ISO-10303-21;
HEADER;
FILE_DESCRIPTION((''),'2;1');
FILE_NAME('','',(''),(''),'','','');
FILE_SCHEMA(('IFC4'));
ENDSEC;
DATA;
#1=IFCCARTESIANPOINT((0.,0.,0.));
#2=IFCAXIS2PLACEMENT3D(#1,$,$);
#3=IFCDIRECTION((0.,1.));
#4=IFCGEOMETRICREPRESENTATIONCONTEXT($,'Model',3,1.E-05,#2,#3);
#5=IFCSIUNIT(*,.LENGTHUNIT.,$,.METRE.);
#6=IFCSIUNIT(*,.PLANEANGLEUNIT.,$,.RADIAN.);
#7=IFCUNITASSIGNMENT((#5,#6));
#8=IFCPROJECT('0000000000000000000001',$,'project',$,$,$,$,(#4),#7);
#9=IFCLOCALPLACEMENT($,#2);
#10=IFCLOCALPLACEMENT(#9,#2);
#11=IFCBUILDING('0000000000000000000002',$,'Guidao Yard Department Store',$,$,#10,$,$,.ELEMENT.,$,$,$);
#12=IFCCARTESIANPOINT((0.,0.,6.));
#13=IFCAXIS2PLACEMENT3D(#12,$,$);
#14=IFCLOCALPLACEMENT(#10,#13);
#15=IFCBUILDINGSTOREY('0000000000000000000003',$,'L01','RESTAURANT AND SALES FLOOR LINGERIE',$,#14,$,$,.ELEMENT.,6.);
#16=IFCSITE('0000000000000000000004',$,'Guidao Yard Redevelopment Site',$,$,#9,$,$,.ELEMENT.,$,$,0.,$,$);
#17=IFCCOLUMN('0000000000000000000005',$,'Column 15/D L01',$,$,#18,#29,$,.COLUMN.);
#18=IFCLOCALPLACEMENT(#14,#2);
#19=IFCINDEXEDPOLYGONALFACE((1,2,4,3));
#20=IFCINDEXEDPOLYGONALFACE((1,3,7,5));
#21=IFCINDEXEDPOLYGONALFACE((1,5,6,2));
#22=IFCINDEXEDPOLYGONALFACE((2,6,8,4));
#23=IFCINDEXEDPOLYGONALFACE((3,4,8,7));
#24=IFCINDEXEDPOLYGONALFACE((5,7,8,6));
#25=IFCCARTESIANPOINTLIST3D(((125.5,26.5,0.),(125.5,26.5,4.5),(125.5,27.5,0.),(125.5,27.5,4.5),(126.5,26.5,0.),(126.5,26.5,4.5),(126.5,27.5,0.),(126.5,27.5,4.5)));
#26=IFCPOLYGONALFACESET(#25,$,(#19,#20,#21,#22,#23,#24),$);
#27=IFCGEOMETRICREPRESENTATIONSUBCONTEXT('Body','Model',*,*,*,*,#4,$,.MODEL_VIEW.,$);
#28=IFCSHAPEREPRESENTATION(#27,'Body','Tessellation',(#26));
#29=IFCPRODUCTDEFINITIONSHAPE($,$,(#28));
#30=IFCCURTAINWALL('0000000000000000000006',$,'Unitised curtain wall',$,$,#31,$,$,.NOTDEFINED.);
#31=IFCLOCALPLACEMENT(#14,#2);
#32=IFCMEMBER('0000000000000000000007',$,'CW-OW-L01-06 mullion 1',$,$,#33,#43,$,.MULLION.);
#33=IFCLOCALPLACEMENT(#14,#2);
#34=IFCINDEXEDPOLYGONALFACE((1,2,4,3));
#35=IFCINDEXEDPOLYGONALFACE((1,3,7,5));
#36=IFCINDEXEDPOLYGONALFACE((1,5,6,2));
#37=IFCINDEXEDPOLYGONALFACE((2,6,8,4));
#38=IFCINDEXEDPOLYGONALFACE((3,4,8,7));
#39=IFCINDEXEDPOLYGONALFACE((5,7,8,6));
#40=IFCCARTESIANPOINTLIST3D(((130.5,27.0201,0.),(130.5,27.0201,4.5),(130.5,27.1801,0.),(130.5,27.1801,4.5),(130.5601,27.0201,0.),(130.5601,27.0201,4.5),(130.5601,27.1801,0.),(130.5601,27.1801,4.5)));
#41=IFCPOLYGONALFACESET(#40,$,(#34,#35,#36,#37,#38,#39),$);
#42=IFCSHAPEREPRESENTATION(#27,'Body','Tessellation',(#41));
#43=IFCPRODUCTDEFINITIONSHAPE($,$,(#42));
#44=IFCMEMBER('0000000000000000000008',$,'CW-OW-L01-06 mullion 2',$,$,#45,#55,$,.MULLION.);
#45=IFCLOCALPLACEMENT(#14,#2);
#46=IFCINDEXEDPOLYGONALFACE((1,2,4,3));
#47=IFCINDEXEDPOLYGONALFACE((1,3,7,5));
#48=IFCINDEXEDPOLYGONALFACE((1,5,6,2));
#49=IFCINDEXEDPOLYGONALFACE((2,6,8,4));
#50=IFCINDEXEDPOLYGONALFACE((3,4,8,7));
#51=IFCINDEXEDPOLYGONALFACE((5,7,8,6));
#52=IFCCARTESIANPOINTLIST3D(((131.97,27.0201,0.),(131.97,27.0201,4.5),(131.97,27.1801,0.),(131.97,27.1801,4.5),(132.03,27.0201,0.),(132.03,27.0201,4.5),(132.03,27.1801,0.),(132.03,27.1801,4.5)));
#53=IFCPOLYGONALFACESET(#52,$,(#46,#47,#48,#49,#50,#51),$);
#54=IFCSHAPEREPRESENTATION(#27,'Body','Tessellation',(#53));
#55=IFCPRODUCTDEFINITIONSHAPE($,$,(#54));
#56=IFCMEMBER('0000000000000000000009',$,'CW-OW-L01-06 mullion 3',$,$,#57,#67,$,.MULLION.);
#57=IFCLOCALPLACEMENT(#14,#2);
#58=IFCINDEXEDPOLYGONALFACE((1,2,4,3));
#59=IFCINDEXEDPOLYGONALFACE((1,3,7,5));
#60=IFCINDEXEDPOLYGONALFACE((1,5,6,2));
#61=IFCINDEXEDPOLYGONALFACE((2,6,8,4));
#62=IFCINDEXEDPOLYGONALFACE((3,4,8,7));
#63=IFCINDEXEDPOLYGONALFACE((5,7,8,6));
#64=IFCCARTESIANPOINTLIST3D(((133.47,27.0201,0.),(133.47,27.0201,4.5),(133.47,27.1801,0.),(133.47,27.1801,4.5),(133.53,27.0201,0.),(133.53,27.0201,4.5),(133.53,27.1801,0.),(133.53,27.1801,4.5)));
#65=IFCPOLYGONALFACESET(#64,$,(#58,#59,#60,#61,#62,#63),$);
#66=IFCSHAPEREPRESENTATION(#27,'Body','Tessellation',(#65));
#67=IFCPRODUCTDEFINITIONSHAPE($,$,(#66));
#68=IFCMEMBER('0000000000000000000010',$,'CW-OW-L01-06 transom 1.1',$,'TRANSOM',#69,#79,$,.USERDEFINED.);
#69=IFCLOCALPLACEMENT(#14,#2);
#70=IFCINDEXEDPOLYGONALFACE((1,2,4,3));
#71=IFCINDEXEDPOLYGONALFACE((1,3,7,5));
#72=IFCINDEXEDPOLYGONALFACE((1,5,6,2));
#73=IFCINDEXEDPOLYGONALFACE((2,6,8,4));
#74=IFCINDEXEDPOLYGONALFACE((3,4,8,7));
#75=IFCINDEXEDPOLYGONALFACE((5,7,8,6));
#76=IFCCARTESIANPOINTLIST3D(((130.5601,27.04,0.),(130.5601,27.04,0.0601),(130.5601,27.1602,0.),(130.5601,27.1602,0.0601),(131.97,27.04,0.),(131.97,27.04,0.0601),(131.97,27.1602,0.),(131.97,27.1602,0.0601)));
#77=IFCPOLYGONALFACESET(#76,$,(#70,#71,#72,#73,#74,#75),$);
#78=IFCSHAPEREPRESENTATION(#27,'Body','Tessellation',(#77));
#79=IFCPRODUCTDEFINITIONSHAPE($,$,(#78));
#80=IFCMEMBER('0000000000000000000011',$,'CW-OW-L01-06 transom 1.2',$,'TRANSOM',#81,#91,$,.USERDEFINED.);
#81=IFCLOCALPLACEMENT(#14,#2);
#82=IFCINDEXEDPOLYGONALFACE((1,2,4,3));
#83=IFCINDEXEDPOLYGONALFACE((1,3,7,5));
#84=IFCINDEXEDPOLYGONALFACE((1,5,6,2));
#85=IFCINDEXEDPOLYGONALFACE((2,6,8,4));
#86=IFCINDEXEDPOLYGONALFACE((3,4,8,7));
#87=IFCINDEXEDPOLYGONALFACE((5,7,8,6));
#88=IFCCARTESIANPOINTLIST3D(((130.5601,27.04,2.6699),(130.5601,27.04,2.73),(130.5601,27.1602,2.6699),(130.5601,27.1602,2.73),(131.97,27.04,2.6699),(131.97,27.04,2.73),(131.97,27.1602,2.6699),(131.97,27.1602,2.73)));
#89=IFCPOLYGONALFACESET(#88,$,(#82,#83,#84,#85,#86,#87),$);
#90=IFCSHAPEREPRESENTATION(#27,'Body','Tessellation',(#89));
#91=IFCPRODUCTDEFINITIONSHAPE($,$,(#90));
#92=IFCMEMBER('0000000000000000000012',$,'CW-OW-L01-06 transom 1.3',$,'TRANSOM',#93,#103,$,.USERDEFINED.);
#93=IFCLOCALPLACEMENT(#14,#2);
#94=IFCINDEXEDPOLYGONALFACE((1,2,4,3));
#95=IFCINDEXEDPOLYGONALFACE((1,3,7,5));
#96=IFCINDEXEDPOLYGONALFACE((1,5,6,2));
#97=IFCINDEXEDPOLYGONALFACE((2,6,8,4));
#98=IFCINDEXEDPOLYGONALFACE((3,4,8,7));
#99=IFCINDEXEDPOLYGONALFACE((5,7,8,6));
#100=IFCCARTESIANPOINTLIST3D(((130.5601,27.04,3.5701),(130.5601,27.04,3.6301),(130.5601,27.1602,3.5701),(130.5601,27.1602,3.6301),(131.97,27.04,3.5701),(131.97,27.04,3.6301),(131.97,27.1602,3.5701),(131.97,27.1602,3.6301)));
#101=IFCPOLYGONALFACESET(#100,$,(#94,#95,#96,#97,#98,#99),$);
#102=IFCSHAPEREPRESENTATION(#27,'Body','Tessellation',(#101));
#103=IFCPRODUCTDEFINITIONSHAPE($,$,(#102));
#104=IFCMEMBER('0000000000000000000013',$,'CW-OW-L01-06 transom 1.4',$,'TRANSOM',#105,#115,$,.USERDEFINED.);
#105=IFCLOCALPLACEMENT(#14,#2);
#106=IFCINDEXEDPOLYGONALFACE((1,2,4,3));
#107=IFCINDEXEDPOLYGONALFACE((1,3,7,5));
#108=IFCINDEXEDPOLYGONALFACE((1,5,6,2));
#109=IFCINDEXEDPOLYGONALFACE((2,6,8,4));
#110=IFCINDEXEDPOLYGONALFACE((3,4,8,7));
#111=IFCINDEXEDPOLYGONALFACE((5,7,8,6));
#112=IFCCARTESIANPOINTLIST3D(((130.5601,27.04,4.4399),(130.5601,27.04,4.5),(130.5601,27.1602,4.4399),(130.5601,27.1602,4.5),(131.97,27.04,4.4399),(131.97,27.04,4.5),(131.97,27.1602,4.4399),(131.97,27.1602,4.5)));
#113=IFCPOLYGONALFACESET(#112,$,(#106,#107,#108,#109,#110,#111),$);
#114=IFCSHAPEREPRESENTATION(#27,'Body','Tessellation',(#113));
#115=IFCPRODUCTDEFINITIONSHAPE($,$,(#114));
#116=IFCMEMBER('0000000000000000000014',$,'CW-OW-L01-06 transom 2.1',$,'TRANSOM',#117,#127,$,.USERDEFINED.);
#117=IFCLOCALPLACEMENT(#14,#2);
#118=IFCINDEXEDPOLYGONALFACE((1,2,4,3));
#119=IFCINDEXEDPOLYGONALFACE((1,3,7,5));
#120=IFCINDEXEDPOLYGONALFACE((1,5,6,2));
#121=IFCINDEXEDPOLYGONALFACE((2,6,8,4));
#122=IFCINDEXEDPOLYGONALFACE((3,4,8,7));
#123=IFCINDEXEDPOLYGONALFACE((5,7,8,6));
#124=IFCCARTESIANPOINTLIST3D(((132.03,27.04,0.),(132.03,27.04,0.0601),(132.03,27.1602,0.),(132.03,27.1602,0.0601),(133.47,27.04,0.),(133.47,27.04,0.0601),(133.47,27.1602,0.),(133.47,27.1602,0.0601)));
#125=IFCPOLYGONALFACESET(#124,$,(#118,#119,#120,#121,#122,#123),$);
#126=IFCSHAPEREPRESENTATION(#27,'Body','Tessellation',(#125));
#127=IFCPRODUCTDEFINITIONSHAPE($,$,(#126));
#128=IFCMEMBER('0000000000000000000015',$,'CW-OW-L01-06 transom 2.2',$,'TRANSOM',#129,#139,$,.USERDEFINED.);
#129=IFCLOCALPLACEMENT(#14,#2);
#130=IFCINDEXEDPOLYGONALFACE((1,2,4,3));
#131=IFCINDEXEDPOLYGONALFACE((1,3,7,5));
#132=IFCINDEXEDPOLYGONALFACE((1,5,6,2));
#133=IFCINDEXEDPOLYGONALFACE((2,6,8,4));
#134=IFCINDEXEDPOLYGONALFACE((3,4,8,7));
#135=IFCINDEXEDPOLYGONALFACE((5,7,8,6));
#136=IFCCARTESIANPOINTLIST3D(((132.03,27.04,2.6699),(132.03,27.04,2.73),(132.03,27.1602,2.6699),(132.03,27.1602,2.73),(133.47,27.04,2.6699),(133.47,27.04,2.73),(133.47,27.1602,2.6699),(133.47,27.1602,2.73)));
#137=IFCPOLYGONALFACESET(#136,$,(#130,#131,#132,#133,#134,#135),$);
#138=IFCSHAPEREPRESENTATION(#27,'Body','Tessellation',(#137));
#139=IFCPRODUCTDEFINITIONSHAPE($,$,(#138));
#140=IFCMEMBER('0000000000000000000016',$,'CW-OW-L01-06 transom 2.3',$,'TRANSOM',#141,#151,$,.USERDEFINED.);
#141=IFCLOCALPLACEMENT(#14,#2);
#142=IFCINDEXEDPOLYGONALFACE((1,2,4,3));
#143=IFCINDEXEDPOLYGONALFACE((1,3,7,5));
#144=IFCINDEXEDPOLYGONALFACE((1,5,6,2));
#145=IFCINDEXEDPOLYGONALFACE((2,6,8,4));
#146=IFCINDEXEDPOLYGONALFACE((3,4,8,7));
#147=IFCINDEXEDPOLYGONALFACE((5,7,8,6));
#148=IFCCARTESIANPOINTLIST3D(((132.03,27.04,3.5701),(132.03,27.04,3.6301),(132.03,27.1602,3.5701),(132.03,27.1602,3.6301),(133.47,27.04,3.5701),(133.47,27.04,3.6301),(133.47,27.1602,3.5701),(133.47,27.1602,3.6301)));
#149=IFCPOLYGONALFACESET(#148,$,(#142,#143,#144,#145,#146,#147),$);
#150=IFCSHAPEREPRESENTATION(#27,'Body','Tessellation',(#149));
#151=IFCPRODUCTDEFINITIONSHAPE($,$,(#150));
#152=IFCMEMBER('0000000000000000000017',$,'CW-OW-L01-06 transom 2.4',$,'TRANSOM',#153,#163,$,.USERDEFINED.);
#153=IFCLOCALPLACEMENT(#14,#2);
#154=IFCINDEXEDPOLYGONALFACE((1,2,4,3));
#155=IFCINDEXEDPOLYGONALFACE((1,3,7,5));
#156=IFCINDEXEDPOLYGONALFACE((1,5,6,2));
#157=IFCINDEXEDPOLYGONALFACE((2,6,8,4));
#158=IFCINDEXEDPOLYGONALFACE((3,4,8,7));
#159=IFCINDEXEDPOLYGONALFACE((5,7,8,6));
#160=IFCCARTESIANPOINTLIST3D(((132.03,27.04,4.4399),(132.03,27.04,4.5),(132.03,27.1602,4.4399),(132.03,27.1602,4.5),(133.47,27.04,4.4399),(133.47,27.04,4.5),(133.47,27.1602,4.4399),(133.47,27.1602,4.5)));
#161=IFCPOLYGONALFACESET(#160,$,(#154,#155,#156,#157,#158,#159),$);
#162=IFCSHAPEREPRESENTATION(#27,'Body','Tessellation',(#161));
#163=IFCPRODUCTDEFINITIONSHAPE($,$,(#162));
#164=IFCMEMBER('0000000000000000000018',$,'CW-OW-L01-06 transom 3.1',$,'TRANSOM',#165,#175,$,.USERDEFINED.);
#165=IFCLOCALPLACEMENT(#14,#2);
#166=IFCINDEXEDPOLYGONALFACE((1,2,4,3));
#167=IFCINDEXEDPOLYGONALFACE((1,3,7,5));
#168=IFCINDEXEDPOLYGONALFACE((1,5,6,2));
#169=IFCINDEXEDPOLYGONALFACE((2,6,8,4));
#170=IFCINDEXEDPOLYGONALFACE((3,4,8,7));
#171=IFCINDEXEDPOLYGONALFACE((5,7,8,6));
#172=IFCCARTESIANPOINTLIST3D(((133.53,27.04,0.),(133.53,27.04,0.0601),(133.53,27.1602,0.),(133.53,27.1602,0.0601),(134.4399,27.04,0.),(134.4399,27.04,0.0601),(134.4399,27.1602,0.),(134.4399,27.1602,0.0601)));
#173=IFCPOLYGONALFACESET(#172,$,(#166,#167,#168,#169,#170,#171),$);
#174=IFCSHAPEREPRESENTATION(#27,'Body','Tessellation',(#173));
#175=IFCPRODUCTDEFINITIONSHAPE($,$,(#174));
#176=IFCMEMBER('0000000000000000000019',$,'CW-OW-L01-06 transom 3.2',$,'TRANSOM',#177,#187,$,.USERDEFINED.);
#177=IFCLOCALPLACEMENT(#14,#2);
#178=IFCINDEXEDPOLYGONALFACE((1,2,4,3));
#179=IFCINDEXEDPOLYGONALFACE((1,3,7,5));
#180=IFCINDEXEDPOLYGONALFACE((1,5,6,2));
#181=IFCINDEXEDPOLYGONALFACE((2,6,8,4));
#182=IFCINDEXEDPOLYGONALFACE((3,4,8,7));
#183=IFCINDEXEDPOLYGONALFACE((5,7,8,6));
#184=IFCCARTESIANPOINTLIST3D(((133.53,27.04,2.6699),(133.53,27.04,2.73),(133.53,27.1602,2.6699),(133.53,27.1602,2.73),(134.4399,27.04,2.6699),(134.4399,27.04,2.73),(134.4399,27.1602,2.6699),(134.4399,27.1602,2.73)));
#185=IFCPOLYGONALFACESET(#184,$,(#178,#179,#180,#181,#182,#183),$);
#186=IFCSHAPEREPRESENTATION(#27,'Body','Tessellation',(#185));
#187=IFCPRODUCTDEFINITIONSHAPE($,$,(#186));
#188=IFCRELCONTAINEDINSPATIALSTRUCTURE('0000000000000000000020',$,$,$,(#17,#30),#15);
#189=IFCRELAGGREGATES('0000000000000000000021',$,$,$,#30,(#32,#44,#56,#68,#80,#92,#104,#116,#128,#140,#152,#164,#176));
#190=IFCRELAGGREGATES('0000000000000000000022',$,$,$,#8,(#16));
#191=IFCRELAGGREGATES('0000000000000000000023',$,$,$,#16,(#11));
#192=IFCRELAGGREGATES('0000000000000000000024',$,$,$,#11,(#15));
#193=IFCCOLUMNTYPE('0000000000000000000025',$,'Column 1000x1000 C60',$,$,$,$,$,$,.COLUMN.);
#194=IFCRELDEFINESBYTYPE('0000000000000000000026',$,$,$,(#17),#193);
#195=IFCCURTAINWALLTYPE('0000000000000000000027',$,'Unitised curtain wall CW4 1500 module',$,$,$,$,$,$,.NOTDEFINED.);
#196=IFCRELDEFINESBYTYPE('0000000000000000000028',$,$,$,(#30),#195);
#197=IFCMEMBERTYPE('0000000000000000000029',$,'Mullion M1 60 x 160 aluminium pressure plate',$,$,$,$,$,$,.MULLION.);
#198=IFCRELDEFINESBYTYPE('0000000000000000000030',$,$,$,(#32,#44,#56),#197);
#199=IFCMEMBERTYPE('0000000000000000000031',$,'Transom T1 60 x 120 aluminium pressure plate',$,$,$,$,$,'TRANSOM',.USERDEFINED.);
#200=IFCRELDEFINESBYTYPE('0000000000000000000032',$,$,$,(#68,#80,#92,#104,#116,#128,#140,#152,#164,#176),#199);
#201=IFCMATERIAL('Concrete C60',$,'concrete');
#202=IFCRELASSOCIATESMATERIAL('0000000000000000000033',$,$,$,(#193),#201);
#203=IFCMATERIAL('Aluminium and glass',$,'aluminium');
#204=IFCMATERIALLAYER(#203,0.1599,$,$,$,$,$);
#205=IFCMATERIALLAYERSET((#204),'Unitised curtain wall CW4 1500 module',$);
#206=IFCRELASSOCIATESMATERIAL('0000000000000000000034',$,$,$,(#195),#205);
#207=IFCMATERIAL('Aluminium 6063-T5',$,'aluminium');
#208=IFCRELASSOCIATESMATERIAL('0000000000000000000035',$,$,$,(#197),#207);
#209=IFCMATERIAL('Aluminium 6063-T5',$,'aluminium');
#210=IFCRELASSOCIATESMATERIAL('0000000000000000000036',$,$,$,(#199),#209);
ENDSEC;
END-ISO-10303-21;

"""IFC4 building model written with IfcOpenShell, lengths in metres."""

from ifc_helpers import new_model, si_unit, direction, frame, origin, origin_2d, place, context, subcontext, project, spatial, rectangle, extrude, material, layer, layer_set, material_profile, profile_set, type_object, element, aggregate, save


model = new_model("IFC4")

# Units and contexts
model_context = context("Model", 3, precision=1e-05, world=origin(), true_north=direction((0.0, 1.0)))
body_context = subcontext(model_context, "Body", "Model", "MODEL_VIEW")
ifc_project = project(units=[si_unit("LENGTHUNIT", "METRE"), si_unit("PLANEANGLEUNIT", "RADIAN")], contexts=[model_context])

# Site, building, storey
site_placement = place(None, origin())
site = spatial("IfcSite", under=ifc_project, at=site_placement, Name="Guidao Yard Redevelopment Site", CompositionType="ELEMENT", RefElevation=0.0)
building_placement = place(site_placement, origin())
building = spatial("IfcBuilding", under=site, at=building_placement, Name="Guidao Yard Department Store", CompositionType="ELEMENT")
storey_placement = place(building_placement, frame((0.0, 0.0, 6.0)))
storey = spatial("IfcBuildingStorey", under=building, at=storey_placement, Name="L01", Description="RESTAURANT AND SALES FLOOR LINGERIE", CompositionType="ELEMENT", Elevation=6.0)

# Column
ifc_material_1 = material(Name="Concrete C60", Category="concrete")
ifc_material_profile_1 = material_profile(ifc_material_1, rectangle(XDim=1.0, YDim=1.0, at=origin_2d()), Name="COL 1000x1000")
ifc_profile_set_1 = profile_set([ifc_material_profile_1], Name="Concrete C60")
column_type = type_object("IfcColumnType", Name="Column 1000x1000 C60", PredefinedType="COLUMN", material=ifc_profile_set_1)
column_placement = place(storey_placement, frame((126.0, 27.0, 0.0), z_axis=(0.0, 0.0, 1.0), x_axis=(1.0, 0.0, 0.0)))
element("IfcColumn", 1, at=column_placement, inside=storey, type_object=column_type, Name="Column 15/D L01", PredefinedType="COLUMN", context=body_context, shape_type="SweptSolid", body=[
    extrude(rectangle(XDim=1.0, YDim=1.0, at=origin_2d()), origin(), (0.0, 0.0, 1.0), 4.5),
])

# Curtain wall, members
ifc_material_2 = material(Name="Aluminium and glass", Category="aluminium")
ifc_layer_1 = layer(ifc_material_2, 0.1599)
ifc_layer_set_1 = layer_set([ifc_layer_1], Name="Unitised curtain wall CW4 1500 module")
curtain_wall_type = type_object("IfcCurtainWallType", Name="Unitised curtain wall CW4 1500 module", PredefinedType="NOTDEFINED", material=ifc_layer_set_1)
curtain_wall_placement = place(storey_placement, origin())
curtain_wall = element("IfcCurtainWall", 2, at=curtain_wall_placement, inside=storey, type_object=curtain_wall_type, Name="Unitised curtain wall", PredefinedType="NOTDEFINED")
ifc_material_3 = material(Name="Aluminium 6063-T5", Category="aluminium")
ifc_material_profile_2 = material_profile(ifc_material_3, rectangle(XDim=0.0601, YDim=0.1599, at=origin_2d()), Name="Mullion M1 60 x 160 aluminium pressure plate")
ifc_profile_set_2 = profile_set([ifc_material_profile_2], Name="Aluminium 6063-T5")
member_type_1 = type_object("IfcMemberType", Name="Mullion M1 60 x 160 aluminium pressure plate", PredefinedType="MULLION", material=ifc_profile_set_2)
member_1_placement = place(storey_placement, frame((130.53, 27.1001, 0.0), z_axis=(0.0, 0.0, 1.0), x_axis=(1.0, 0.0, 0.0)))
member_1 = element("IfcMember", 3, at=member_1_placement, type_object=member_type_1, Name="CW-OW-L01-06 mullion 1", PredefinedType="MULLION", context=body_context, shape_type="SweptSolid", body=[
    extrude(rectangle(XDim=0.0601, YDim=0.1599, at=origin_2d()), origin(), (0.0, 0.0, 1.0), 4.5),
])
member_2_placement = place(storey_placement, frame((132.0, 27.1001, 0.0), z_axis=(0.0, 0.0, 1.0), x_axis=(1.0, 0.0, 0.0)))
member_2 = element("IfcMember", 4, at=member_2_placement, type_object=member_type_1, Name="CW-OW-L01-06 mullion 2", PredefinedType="MULLION", context=body_context, shape_type="SweptSolid", body=[
    extrude(rectangle(XDim=0.0601, YDim=0.1599, at=origin_2d()), origin(), (0.0, 0.0, 1.0), 4.5),
])
member_3_placement = place(storey_placement, frame((133.5, 27.1001, 0.0), z_axis=(0.0, 0.0, 1.0), x_axis=(1.0, 0.0, 0.0)))
member_3 = element("IfcMember", 5, at=member_3_placement, type_object=member_type_1, Name="CW-OW-L01-06 mullion 3", PredefinedType="MULLION", context=body_context, shape_type="SweptSolid", body=[
    extrude(rectangle(XDim=0.0601, YDim=0.1599, at=origin_2d()), origin(), (0.0, 0.0, 1.0), 4.5),
])
ifc_material_4 = material(Name="Aluminium 6063-T5", Category="aluminium")
ifc_material_profile_3 = material_profile(ifc_material_4, rectangle(XDim=0.1201, YDim=0.0601, at=origin_2d()), Name="Transom T1 60 x 120 aluminium pressure plate")
ifc_profile_set_3 = profile_set([ifc_material_profile_3], Name="Aluminium 6063-T5")
member_type_2 = type_object("IfcMemberType", Name="Transom T1 60 x 120 aluminium pressure plate", ElementType="TRANSOM", PredefinedType="USERDEFINED", material=ifc_profile_set_3)
member_4_placement = place(storey_placement, frame((130.5601, 27.1001, 0.03), z_axis=(1.0, 0.0, 0.0), x_axis=(0.0, 1.0, 0.0)))
member_4 = element("IfcMember", 6, at=member_4_placement, type_object=member_type_2, Name="CW-OW-L01-06 transom 1.1", ObjectType="TRANSOM", PredefinedType="USERDEFINED", context=body_context, shape_type="SweptSolid", body=[
    extrude(rectangle(XDim=0.1201, YDim=0.0601, at=origin_2d()), origin(), (0.0, 0.0, 1.0), 1.4099),
])
member_5_placement = place(storey_placement, frame((130.5601, 27.1001, 2.7), z_axis=(1.0, 0.0, 0.0), x_axis=(0.0, 1.0, 0.0)))
member_5 = element("IfcMember", 7, at=member_5_placement, type_object=member_type_2, Name="CW-OW-L01-06 transom 1.2", ObjectType="TRANSOM", PredefinedType="USERDEFINED", context=body_context, shape_type="SweptSolid", body=[
    extrude(rectangle(XDim=0.1201, YDim=0.0601, at=origin_2d()), origin(), (0.0, 0.0, 1.0), 1.4099),
])
member_6_placement = place(storey_placement, frame((130.5601, 27.1001, 3.6001), z_axis=(1.0, 0.0, 0.0), x_axis=(0.0, 1.0, 0.0)))
member_6 = element("IfcMember", 8, at=member_6_placement, type_object=member_type_2, Name="CW-OW-L01-06 transom 1.3", ObjectType="TRANSOM", PredefinedType="USERDEFINED", context=body_context, shape_type="SweptSolid", body=[
    extrude(rectangle(XDim=0.1201, YDim=0.0601, at=origin_2d()), origin(), (0.0, 0.0, 1.0), 1.4099),
])
member_7_placement = place(storey_placement, frame((130.5601, 27.1001, 4.47), z_axis=(1.0, 0.0, 0.0), x_axis=(0.0, 1.0, 0.0)))
member_7 = element("IfcMember", 9, at=member_7_placement, type_object=member_type_2, Name="CW-OW-L01-06 transom 1.4", ObjectType="TRANSOM", PredefinedType="USERDEFINED", context=body_context, shape_type="SweptSolid", body=[
    extrude(rectangle(XDim=0.1201, YDim=0.0601, at=origin_2d()), origin(), (0.0, 0.0, 1.0), 1.4099),
])
member_8_placement = place(storey_placement, frame((132.03, 27.1001, 0.03), z_axis=(1.0, 0.0, 0.0), x_axis=(0.0, 1.0, 0.0)))
member_8 = element("IfcMember", 10, at=member_8_placement, type_object=member_type_2, Name="CW-OW-L01-06 transom 2.1", ObjectType="TRANSOM", PredefinedType="USERDEFINED", context=body_context, shape_type="SweptSolid", body=[
    extrude(rectangle(XDim=0.1201, YDim=0.0601, at=origin_2d()), origin(), (0.0, 0.0, 1.0), 1.4399),
])
member_9_placement = place(storey_placement, frame((132.03, 27.1001, 2.7), z_axis=(1.0, 0.0, 0.0), x_axis=(0.0, 1.0, 0.0)))
member_9 = element("IfcMember", 11, at=member_9_placement, type_object=member_type_2, Name="CW-OW-L01-06 transom 2.2", ObjectType="TRANSOM", PredefinedType="USERDEFINED", context=body_context, shape_type="SweptSolid", body=[
    extrude(rectangle(XDim=0.1201, YDim=0.0601, at=origin_2d()), origin(), (0.0, 0.0, 1.0), 1.4399),
])
member_10_placement = place(storey_placement, frame((132.03, 27.1001, 3.6001), z_axis=(1.0, 0.0, 0.0), x_axis=(0.0, 1.0, 0.0)))
member_10 = element("IfcMember", 12, at=member_10_placement, type_object=member_type_2, Name="CW-OW-L01-06 transom 2.3", ObjectType="TRANSOM", PredefinedType="USERDEFINED", context=body_context, shape_type="SweptSolid", body=[
    extrude(rectangle(XDim=0.1201, YDim=0.0601, at=origin_2d()), origin(), (0.0, 0.0, 1.0), 1.4399),
])
member_11_placement = place(storey_placement, frame((132.03, 27.1001, 4.47), z_axis=(1.0, 0.0, 0.0), x_axis=(0.0, 1.0, 0.0)))
member_11 = element("IfcMember", 13, at=member_11_placement, type_object=member_type_2, Name="CW-OW-L01-06 transom 2.4", ObjectType="TRANSOM", PredefinedType="USERDEFINED", context=body_context, shape_type="SweptSolid", body=[
    extrude(rectangle(XDim=0.1201, YDim=0.0601, at=origin_2d()), origin(), (0.0, 0.0, 1.0), 1.4399),
])
member_12_placement = place(storey_placement, frame((133.53, 27.1001, 0.03), z_axis=(1.0, 0.0, 0.0), x_axis=(0.0, 1.0, 0.0)))
member_12 = element("IfcMember", 14, at=member_12_placement, type_object=member_type_2, Name="CW-OW-L01-06 transom 3.1", ObjectType="TRANSOM", PredefinedType="USERDEFINED", context=body_context, shape_type="SweptSolid", body=[
    extrude(rectangle(XDim=0.1201, YDim=0.0601, at=origin_2d()), origin(), (0.0, 0.0, 1.0), 0.9099),
])
member_13_placement = place(storey_placement, frame((133.53, 27.1001, 2.7), z_axis=(1.0, 0.0, 0.0), x_axis=(0.0, 1.0, 0.0)))
member_13 = element("IfcMember", 15, at=member_13_placement, type_object=member_type_2, Name="CW-OW-L01-06 transom 3.2", ObjectType="TRANSOM", PredefinedType="USERDEFINED", context=body_context, shape_type="SweptSolid", body=[
    extrude(rectangle(XDim=0.1201, YDim=0.0601, at=origin_2d()), origin(), (0.0, 0.0, 1.0), 0.9099),
])
aggregate(curtain_wall, [member_1, member_2, member_3, member_4, member_5, member_6, member_7, member_8, member_9, member_10, member_11, member_12, member_13])

save(model, "model.ifc")
